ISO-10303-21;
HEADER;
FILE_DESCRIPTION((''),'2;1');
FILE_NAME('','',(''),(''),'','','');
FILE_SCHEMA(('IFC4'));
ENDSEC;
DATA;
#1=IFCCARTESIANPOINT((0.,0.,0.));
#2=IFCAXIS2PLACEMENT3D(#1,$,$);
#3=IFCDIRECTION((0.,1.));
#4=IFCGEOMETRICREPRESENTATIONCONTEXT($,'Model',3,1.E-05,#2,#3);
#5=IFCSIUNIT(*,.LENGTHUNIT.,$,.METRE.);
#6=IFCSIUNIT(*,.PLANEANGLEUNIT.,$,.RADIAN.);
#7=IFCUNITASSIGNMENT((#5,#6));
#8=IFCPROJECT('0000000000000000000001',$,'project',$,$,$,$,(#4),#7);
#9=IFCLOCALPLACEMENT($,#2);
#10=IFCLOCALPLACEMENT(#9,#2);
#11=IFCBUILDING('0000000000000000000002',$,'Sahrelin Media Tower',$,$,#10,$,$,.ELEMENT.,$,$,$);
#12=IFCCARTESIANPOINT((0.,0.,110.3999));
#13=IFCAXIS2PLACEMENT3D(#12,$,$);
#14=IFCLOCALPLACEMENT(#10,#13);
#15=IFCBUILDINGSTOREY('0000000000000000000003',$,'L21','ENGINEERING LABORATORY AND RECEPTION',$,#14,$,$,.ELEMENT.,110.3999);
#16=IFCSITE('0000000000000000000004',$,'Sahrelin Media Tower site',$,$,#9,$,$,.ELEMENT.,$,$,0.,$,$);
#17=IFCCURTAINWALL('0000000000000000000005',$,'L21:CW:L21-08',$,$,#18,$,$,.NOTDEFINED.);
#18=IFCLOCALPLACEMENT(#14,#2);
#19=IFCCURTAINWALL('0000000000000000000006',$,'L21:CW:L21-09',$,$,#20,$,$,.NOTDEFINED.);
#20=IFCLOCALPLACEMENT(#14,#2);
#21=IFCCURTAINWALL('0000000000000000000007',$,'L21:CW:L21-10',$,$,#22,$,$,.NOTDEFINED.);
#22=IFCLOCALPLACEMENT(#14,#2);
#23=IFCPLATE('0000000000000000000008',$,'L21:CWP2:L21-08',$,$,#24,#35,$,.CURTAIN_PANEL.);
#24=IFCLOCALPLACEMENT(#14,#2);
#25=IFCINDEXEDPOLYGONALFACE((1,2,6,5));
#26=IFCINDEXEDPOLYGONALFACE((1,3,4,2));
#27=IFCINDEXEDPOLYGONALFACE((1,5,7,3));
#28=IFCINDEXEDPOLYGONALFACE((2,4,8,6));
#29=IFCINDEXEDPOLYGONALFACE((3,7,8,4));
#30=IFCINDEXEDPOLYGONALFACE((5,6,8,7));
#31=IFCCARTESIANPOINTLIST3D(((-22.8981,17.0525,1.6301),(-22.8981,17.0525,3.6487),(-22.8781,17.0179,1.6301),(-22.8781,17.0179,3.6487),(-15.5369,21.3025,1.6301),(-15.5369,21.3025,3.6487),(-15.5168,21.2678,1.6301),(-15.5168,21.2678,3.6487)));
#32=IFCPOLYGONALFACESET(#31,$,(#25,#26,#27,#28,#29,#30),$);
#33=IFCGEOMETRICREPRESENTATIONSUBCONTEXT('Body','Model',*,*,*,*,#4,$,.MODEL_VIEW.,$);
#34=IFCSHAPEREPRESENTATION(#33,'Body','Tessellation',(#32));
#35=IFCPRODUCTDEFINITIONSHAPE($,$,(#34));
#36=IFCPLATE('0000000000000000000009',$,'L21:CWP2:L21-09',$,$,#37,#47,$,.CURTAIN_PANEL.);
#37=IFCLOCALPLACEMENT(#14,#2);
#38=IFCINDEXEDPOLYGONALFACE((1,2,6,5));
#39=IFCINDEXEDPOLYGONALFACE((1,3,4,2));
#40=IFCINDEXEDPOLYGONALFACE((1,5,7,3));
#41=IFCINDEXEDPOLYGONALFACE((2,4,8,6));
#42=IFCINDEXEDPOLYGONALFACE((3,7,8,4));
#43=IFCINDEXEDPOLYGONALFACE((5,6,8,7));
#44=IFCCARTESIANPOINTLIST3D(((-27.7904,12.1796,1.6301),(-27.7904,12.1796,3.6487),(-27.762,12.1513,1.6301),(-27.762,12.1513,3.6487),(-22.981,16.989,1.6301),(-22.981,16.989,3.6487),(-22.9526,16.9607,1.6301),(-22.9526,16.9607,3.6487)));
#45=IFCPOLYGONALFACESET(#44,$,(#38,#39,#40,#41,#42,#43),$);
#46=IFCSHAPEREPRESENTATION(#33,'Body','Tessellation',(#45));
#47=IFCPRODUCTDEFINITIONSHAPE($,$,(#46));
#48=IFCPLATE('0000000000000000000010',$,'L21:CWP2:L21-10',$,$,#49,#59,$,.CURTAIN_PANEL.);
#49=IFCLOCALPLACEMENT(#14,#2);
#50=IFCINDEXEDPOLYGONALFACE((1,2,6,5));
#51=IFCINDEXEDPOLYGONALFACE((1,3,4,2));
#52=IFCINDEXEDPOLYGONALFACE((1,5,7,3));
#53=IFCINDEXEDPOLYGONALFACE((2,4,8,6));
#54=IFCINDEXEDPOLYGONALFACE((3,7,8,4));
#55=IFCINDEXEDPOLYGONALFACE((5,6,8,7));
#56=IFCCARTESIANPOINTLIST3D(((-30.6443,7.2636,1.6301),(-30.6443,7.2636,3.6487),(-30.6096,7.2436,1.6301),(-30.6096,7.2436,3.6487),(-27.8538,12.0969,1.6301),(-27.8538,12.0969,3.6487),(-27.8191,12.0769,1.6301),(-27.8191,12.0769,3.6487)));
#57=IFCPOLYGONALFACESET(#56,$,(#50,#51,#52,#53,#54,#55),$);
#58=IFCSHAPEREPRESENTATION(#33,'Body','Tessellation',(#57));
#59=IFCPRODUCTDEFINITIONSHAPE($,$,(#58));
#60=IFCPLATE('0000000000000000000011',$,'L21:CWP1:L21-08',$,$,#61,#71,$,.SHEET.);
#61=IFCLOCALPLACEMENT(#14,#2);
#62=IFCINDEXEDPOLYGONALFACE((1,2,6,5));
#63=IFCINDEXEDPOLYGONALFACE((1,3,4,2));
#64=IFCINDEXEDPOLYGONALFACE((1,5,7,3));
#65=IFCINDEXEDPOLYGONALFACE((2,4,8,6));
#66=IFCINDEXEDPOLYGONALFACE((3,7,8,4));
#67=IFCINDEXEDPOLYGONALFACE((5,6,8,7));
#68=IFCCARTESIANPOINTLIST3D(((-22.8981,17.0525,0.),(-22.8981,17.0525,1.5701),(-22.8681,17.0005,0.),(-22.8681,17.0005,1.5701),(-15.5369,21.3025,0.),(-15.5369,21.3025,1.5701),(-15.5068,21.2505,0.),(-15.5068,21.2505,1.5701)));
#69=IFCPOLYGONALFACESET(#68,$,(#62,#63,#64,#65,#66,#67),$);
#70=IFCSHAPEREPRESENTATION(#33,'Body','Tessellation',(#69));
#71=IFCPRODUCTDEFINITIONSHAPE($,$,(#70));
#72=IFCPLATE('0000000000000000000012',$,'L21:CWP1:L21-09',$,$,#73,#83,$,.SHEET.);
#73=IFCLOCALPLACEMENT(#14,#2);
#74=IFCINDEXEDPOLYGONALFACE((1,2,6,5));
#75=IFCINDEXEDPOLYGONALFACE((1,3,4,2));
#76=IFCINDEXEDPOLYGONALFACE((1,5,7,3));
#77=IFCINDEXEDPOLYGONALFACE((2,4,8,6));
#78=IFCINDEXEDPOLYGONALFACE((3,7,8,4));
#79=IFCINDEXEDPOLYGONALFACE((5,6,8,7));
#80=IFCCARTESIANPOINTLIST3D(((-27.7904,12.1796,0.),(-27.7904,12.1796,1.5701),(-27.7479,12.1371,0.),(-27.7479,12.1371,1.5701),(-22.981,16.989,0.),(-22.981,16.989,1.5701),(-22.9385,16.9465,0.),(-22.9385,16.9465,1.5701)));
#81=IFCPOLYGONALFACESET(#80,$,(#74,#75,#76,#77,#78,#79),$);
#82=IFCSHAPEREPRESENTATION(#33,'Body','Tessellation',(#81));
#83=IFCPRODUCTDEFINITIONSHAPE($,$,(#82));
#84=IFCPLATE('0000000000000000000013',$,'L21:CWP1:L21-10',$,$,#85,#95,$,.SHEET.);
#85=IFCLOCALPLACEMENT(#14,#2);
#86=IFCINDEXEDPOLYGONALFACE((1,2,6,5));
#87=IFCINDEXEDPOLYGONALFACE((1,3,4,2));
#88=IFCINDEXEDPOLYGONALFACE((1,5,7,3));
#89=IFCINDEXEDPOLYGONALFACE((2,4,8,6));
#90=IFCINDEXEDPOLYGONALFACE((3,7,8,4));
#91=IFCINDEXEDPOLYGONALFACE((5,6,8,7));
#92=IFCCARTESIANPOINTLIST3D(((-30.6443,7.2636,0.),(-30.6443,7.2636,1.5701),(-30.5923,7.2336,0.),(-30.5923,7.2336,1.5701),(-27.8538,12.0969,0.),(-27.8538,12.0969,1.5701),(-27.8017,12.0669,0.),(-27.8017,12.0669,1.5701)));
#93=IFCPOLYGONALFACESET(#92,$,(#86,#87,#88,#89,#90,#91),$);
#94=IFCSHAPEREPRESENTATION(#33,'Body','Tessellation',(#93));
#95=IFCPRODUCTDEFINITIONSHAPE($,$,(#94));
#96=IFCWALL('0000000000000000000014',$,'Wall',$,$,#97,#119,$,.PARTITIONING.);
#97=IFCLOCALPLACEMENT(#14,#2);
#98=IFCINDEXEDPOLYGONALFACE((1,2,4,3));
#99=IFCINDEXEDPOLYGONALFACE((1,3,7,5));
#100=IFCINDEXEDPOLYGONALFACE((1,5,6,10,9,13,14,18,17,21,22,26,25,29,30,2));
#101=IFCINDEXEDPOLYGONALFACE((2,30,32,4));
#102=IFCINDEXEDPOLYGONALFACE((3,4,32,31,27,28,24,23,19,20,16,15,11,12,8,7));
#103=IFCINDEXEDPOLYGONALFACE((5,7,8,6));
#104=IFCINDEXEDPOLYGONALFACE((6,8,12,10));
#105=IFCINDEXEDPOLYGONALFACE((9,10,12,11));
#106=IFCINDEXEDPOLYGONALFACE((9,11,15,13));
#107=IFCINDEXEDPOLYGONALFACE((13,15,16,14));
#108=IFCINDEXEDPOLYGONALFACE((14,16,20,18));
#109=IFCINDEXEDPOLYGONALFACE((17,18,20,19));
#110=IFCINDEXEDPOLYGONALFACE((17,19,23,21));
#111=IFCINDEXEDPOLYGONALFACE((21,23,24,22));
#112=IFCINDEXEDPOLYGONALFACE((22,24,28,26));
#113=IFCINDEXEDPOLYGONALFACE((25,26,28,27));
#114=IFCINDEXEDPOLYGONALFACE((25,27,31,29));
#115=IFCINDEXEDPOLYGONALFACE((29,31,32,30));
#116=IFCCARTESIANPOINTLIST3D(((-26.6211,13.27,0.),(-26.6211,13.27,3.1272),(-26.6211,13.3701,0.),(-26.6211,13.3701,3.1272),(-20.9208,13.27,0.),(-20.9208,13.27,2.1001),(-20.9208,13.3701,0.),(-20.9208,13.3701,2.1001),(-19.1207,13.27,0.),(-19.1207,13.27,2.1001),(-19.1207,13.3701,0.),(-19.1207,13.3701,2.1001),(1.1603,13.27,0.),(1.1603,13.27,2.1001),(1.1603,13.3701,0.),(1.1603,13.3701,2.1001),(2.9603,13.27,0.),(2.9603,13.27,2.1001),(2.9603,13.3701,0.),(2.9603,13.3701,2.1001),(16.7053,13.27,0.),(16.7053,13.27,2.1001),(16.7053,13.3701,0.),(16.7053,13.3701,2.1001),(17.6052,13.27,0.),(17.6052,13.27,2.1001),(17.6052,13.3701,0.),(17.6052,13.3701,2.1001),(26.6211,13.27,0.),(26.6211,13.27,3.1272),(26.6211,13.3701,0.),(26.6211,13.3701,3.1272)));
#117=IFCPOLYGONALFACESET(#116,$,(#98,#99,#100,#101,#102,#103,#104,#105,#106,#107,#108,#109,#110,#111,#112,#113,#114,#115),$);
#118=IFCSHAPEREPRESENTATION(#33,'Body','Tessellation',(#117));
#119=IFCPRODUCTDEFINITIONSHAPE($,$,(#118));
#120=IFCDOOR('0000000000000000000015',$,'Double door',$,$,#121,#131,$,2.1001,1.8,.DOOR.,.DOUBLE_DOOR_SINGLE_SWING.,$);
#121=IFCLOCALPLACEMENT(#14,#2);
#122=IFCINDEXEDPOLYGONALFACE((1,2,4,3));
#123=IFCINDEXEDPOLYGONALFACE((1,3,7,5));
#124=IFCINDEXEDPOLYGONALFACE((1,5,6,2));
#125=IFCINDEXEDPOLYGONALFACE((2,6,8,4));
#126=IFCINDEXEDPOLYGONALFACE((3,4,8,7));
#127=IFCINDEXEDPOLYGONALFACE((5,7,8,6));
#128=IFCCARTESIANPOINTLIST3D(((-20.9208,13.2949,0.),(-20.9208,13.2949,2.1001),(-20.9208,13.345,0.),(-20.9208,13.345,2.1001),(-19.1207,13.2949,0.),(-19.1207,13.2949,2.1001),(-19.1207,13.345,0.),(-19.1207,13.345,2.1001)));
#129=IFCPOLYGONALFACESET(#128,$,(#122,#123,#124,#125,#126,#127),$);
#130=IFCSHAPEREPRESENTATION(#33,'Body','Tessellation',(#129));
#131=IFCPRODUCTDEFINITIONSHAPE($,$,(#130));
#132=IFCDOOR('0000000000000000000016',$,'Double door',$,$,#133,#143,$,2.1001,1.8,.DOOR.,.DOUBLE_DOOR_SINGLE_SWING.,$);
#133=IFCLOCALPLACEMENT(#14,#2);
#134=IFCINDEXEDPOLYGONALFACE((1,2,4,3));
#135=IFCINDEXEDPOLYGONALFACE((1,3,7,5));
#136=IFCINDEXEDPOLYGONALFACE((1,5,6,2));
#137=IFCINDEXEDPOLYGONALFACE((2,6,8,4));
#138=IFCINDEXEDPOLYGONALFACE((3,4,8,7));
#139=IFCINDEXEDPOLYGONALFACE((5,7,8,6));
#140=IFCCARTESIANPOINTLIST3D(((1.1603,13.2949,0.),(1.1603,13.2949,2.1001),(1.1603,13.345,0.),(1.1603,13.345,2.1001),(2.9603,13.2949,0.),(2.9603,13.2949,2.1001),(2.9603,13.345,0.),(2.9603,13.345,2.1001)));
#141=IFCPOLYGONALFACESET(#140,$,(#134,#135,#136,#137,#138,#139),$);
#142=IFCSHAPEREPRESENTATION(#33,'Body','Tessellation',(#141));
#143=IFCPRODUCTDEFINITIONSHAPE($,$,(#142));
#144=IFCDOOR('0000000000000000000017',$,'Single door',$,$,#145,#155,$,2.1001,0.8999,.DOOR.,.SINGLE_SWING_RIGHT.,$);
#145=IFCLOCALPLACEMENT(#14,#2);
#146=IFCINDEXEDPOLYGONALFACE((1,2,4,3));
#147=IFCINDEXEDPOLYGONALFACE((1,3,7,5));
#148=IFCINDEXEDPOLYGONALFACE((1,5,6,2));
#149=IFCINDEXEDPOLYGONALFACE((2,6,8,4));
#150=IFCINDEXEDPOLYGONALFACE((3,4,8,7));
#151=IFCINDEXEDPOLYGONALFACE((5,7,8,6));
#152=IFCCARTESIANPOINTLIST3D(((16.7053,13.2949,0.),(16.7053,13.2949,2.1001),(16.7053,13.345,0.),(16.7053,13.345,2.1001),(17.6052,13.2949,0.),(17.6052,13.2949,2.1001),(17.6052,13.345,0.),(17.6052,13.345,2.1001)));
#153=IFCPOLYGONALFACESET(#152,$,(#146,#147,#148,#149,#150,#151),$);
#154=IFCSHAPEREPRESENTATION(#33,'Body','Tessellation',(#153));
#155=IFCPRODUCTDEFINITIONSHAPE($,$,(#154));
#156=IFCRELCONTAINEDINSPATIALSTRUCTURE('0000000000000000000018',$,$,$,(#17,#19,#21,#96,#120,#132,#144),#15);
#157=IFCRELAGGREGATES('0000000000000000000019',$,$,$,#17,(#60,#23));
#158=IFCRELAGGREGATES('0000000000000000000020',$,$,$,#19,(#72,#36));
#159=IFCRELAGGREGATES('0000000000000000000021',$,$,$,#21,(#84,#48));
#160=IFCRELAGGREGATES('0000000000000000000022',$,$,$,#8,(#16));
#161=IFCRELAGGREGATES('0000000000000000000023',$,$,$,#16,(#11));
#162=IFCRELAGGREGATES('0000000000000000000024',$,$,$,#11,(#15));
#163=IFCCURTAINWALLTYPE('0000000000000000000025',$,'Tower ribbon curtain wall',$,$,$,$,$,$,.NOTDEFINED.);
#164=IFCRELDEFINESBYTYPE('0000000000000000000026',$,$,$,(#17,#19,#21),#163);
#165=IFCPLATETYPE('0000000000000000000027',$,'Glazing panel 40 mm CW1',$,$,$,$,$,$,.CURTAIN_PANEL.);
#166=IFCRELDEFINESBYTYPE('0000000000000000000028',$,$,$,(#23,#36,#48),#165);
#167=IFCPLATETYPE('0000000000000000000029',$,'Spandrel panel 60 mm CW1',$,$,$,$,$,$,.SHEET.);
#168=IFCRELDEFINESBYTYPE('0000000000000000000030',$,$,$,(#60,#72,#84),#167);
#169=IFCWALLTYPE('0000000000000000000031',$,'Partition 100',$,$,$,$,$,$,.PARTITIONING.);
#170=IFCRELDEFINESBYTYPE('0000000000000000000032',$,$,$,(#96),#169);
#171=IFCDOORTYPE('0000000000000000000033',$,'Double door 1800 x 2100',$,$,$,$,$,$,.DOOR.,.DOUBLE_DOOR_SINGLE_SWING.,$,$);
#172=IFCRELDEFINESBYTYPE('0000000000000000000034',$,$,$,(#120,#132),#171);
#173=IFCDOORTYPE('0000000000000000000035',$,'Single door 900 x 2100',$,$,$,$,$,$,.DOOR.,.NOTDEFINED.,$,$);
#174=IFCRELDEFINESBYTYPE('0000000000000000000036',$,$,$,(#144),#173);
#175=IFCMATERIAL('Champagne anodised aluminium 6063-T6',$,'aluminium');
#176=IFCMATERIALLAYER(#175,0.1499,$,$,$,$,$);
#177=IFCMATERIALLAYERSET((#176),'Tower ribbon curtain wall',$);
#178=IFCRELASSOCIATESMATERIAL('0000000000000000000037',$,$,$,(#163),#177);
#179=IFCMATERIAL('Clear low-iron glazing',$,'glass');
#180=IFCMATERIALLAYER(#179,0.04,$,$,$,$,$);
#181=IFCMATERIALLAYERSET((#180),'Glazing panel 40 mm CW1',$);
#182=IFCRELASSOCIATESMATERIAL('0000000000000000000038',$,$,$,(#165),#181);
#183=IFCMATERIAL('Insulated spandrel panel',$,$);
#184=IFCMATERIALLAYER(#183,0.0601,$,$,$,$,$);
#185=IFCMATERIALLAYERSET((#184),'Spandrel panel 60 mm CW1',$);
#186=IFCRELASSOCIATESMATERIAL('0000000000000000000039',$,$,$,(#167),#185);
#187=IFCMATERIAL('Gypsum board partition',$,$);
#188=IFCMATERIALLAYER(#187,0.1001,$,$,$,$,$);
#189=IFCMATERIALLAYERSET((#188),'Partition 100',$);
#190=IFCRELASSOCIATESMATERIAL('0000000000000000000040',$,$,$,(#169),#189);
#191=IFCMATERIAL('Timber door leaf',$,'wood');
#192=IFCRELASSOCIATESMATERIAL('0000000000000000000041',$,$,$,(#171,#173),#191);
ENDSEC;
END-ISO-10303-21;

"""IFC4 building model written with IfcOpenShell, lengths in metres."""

from ifc_helpers import new_model, si_unit, direction, frame, frame_2d, origin, place, context, subcontext, project, spatial, polyline, rectangle, outline, extrude, material, layer, layer_set, type_object, element, fill, aggregate, save


model = new_model("IFC4")

# Units and contexts
model_context = context("Model", 3, precision=1e-05, world=origin(), true_north=direction((0.0, 1.0)))
body_context = subcontext(model_context, "Body", "Model", "MODEL_VIEW")
ifc_project = project(units=[si_unit("LENGTHUNIT", "METRE"), si_unit("PLANEANGLEUNIT", "RADIAN")], contexts=[model_context])

# Site, building, storey
site_placement = place(None, origin())
site = spatial("IfcSite", under=ifc_project, at=site_placement, Name="Sahrelin Media Tower site", CompositionType="ELEMENT", RefElevation=0.0)
building_placement = place(site_placement, origin())
building = spatial("IfcBuilding", under=site, at=building_placement, Name="Sahrelin Media Tower", CompositionType="ELEMENT")
storey_placement = place(building_placement, frame((0.0, 0.0, 110.3999)))
storey = spatial("IfcBuildingStorey", under=building, at=storey_placement, Name="L21", Description="ENGINEERING LABORATORY AND RECEPTION", CompositionType="ELEMENT", Elevation=110.3999)

# Curtain walls
ifc_material_1 = material(Name="Champagne anodised aluminium 6063-T6", Category="aluminium")
ifc_layer_1 = layer(ifc_material_1, 0.1499)
ifc_layer_set_1 = layer_set([ifc_layer_1], Name="Tower ribbon curtain wall")
curtain_wall_type = type_object("IfcCurtainWallType", Name="Tower ribbon curtain wall", PredefinedType="NOTDEFINED", material=ifc_layer_set_1)
curtain_wall_1_placement = place(storey_placement, frame((-19.2075, 19.1604, 0.0), z_axis=(0.0, 0.0, 1.0), x_axis=(1.0, 0.0, 0.0)))
curtain_wall_1 = element("IfcCurtainWall", 1, at=curtain_wall_1_placement, inside=storey, type_object=curtain_wall_type, Name="L21:CW:L21-08", PredefinedType="NOTDEFINED")
curtain_wall_2_placement = place(storey_placement, frame((-25.3713, 14.5703, 0.0), z_axis=(0.0, 0.0, 1.0), x_axis=(1.0, 0.0, 0.0)))
curtain_wall_2 = element("IfcCurtainWall", 2, at=curtain_wall_2_placement, inside=storey, type_object=curtain_wall_type, Name="L21:CW:L21-09", PredefinedType="NOTDEFINED")

# Curtain wall
curtain_wall_3_placement = place(storey_placement, frame((-29.2317, 9.6704, 0.0), z_axis=(0.0, 0.0, 1.0), x_axis=(1.0, 0.0, 0.0)))
curtain_wall_3 = element("IfcCurtainWall", 3, at=curtain_wall_3_placement, inside=storey, type_object=curtain_wall_type, Name="L21:CW:L21-10", PredefinedType="NOTDEFINED")

# Plates
ifc_material_2 = material(Name="Clear low-iron glazing", Category="glass")
ifc_layer_2 = layer(ifc_material_2, 0.04)
ifc_layer_set_2 = layer_set([ifc_layer_2], Name="Glazing panel 40 mm CW1")
plate_type_1 = type_object("IfcPlateType", Name="Glazing panel 40 mm CW1", PredefinedType="CURTAIN_PANEL", material=ifc_layer_set_2)
plate_1_placement = place(storey_placement, frame((-15.5369, 21.3025, 1.6301), z_axis=(-0.499994, 0.866029, 0.0), x_axis=(-0.866029, -0.499994, 0.0)))
plate_1 = element("IfcPlate", 4, at=plate_1_placement, type_object=plate_type_1, Name="L21:CWP2:L21-08", PredefinedType="CURTAIN_PANEL", context=body_context, shape_type="SweptSolid", body=[
    extrude(outline(polyline([(0.0, 0.0), (8.5, 0.0), (8.5, 2.0186), (0.0, 2.0186), (0.0, 0.0)])), origin(), (0.0, 0.0, -1.0), 0.04),
])
plate_2_placement = place(storey_placement, frame((-22.981, 16.989, 1.6301), z_axis=(-0.707107, 0.707107, 0.0), x_axis=(-0.707107, -0.707107, 0.0)))
plate_2 = element("IfcPlate", 5, at=plate_2_placement, type_object=plate_type_1, Name="L21:CWP2:L21-09", PredefinedType="CURTAIN_PANEL", context=body_context, shape_type="SweptSolid", body=[
    extrude(outline(polyline([(0.0, 0.0), (6.8015, 0.0), (6.8015, 2.0186), (0.0, 2.0186), (0.0, 0.0)])), origin(), (0.0, 0.0, -1.0), 0.04),
])
plate_3_placement = place(storey_placement, frame((-27.8538, 12.0969, 1.6301), z_axis=(-0.866022, 0.500006, 0.0), x_axis=(-0.500006, -0.866022, 0.0)))
plate_3 = element("IfcPlate", 6, at=plate_3_placement, type_object=plate_type_1, Name="L21:CWP2:L21-10", PredefinedType="CURTAIN_PANEL", context=body_context, shape_type="SweptSolid", body=[
    extrude(outline(polyline([(0.0, 0.0), (5.5811, 0.0), (5.5811, 2.0186), (0.0, 2.0186), (0.0, 0.0)])), origin(), (0.0, 0.0, -1.0), 0.04),
])
ifc_material_3 = material(Name="Insulated spandrel panel")
ifc_layer_3 = layer(ifc_material_3, 0.0601)
ifc_layer_set_3 = layer_set([ifc_layer_3], Name="Spandrel panel 60 mm CW1")
plate_type_2 = type_object("IfcPlateType", Name="Spandrel panel 60 mm CW1", PredefinedType="SHEET", material=ifc_layer_set_3)
plate_4_placement = place(storey_placement, frame((-15.5369, 21.3025, 0.0), z_axis=(-0.499994, 0.866029, 0.0), x_axis=(-0.866029, -0.499994, 0.0)))
plate_4 = element("IfcPlate", 7, at=plate_4_placement, type_object=plate_type_2, Name="L21:CWP1:L21-08", PredefinedType="SHEET", context=body_context, shape_type="SweptSolid", body=[
    extrude(outline(polyline([(0.0, 0.0), (8.5, 0.0), (8.5, 1.5701), (0.0, 1.5701), (0.0, 0.0)])), origin(), (0.0, 0.0, -1.0), 0.0601),
])
aggregate(curtain_wall_1, [plate_4, plate_1])
plate_5_placement = place(storey_placement, frame((-22.981, 16.989, 0.0), z_axis=(-0.707107, 0.707107, 0.0), x_axis=(-0.707107, -0.707107, 0.0)))
plate_5 = element("IfcPlate", 8, at=plate_5_placement, type_object=plate_type_2, Name="L21:CWP1:L21-09", PredefinedType="SHEET", context=body_context, shape_type="SweptSolid", body=[
    extrude(outline(polyline([(0.0, 0.0), (6.8015, 0.0), (6.8015, 1.5701), (0.0, 1.5701), (0.0, 0.0)])), origin(), (0.0, 0.0, -1.0), 0.0601),
])
aggregate(curtain_wall_2, [plate_5, plate_2])
plate_6_placement = place(storey_placement, frame((-27.8538, 12.0969, 0.0), z_axis=(-0.866022, 0.500006, 0.0), x_axis=(-0.500006, -0.866022, 0.0)))
plate_6 = element("IfcPlate", 9, at=plate_6_placement, type_object=plate_type_2, Name="L21:CWP1:L21-10", PredefinedType="SHEET", context=body_context, shape_type="SweptSolid", body=[
    extrude(outline(polyline([(0.0, 0.0), (5.5811, 0.0), (5.5811, 1.5701), (0.0, 1.5701), (0.0, 0.0)])), origin(), (0.0, 0.0, -1.0), 0.0601),
])
aggregate(curtain_wall_3, [plate_6, plate_3])

# Wall, openings, doors
ifc_material_4 = material(Name="Gypsum board partition")
ifc_layer_4 = layer(ifc_material_4, 0.1001)
ifc_layer_set_4 = layer_set([ifc_layer_4], Name="Partition 100")
wall_type = type_object("IfcWallType", Name="Partition 100", PredefinedType="PARTITIONING", material=ifc_layer_set_4)
wall_placement = place(storey_placement, frame((-26.6211, 13.3201, 0.0), z_axis=(0.0, 0.0, 1.0), x_axis=(1.0, 0.0, 0.0)))
wall = element("IfcWall", 10, at=wall_placement, inside=storey, type_object=wall_type, Name="Wall", PredefinedType="PARTITIONING", context=body_context, shape_type="SweptSolid", body=[
    extrude(rectangle(XDim=53.2422, YDim=0.1001, at=frame_2d((26.6211, 0.0))), origin(), (0.0, 0.0, 1.0), 3.1272),
])
opening_1_placement = place(wall_placement, frame((5.7004, 0.0, 0.0)))
opening_1 = element("IfcOpeningElement", 11, at=opening_1_placement, cuts=wall, PredefinedType="OPENING", context=body_context, shape_type="SweptSolid", body=[
    extrude(rectangle(XDim=1.8, YDim=2.1001, at=frame_2d((0.8999, 1.05))), frame((0.0, 0.05, 0.0), z_axis=(0.0, -1.0, 0.0), x_axis=(1.0, 0.0, 0.0)), (0.0, 0.0, 1.0), 0.1001),
])
opening_2_placement = place(wall_placement, frame((43.3264, 0.0, 0.0)))
opening_2 = element("IfcOpeningElement", 12, at=opening_2_placement, cuts=wall, PredefinedType="OPENING", context=body_context, shape_type="SweptSolid", body=[
    extrude(rectangle(XDim=0.8999, YDim=2.1001, at=frame_2d((0.45, 1.05))), frame((0.0, 0.05, 0.0), z_axis=(0.0, -1.0, 0.0), x_axis=(1.0, 0.0, 0.0)), (0.0, 0.0, 1.0), 0.1001),
])
opening_3_placement = place(wall_placement, frame((27.7815, 0.0, 0.0)))
opening_3 = element("IfcOpeningElement", 13, at=opening_3_placement, cuts=wall, PredefinedType="OPENING", context=body_context, shape_type="SweptSolid", body=[
    extrude(rectangle(XDim=1.8, YDim=2.1001, at=frame_2d((0.8999, 1.05))), frame((0.0, 0.05, 0.0), z_axis=(0.0, -1.0, 0.0), x_axis=(1.0, 0.0, 0.0)), (0.0, 0.0, 1.0), 0.1001),
])
ifc_material_5 = material(Name="Timber door leaf", Category="wood")
door_type_1 = type_object("IfcDoorType", Name="Double door 1800 x 2100", OperationType="DOUBLE_DOOR_SINGLE_SWING", PredefinedType="DOOR", material=ifc_material_5)
door_1_placement = place(opening_1_placement, origin())
door_1 = element("IfcDoor", 14, at=door_1_placement, inside=storey, type_object=door_type_1, Name="Double door", OperationType="DOUBLE_DOOR_SINGLE_SWING", OverallHeight=2.1001, OverallWidth=1.8, PredefinedType="DOOR", context=body_context, shape_type="SweptSolid", body=[
    extrude(rectangle(XDim=1.8, YDim=2.1001, at=frame_2d((0.8999, 1.05))), frame((0.0, 0.0249, 0.0), z_axis=(0.0, -1.0, 0.0), x_axis=(1.0, 0.0, 0.0)), (0.0, 0.0, 1.0), 0.05),
])
fill(opening_1, door_1)
door_2_placement = place(opening_3_placement, origin())
door_2 = element("IfcDoor", 15, at=door_2_placement, inside=storey, type_object=door_type_1, Name="Double door", OperationType="DOUBLE_DOOR_SINGLE_SWING", OverallHeight=2.1001, OverallWidth=1.8, PredefinedType="DOOR", context=body_context, shape_type="SweptSolid", body=[
    extrude(rectangle(XDim=1.8, YDim=2.1001, at=frame_2d((0.8999, 1.05))), frame((0.0, 0.0249, 0.0), z_axis=(0.0, -1.0, 0.0), x_axis=(1.0, 0.0, 0.0)), (0.0, 0.0, 1.0), 0.05),
])
fill(opening_3, door_2)
door_type_2 = type_object("IfcDoorType", Name="Single door 900 x 2100", OperationType="NOTDEFINED", PredefinedType="DOOR", material=ifc_material_5)
door_3_placement = place(opening_2_placement, origin())
door_3 = element("IfcDoor", 16, at=door_3_placement, inside=storey, type_object=door_type_2, Name="Single door", OperationType="SINGLE_SWING_RIGHT", OverallHeight=2.1001, OverallWidth=0.8999, PredefinedType="DOOR", context=body_context, shape_type="SweptSolid", body=[
    extrude(rectangle(XDim=0.8999, YDim=2.1001, at=frame_2d((0.45, 1.05))), frame((0.0, 0.0249, 0.0), z_axis=(0.0, -1.0, 0.0), x_axis=(1.0, 0.0, 0.0)), (0.0, 0.0, 1.0), 0.05),
])
fill(opening_2, door_3)

save(model, "model.ifc")
